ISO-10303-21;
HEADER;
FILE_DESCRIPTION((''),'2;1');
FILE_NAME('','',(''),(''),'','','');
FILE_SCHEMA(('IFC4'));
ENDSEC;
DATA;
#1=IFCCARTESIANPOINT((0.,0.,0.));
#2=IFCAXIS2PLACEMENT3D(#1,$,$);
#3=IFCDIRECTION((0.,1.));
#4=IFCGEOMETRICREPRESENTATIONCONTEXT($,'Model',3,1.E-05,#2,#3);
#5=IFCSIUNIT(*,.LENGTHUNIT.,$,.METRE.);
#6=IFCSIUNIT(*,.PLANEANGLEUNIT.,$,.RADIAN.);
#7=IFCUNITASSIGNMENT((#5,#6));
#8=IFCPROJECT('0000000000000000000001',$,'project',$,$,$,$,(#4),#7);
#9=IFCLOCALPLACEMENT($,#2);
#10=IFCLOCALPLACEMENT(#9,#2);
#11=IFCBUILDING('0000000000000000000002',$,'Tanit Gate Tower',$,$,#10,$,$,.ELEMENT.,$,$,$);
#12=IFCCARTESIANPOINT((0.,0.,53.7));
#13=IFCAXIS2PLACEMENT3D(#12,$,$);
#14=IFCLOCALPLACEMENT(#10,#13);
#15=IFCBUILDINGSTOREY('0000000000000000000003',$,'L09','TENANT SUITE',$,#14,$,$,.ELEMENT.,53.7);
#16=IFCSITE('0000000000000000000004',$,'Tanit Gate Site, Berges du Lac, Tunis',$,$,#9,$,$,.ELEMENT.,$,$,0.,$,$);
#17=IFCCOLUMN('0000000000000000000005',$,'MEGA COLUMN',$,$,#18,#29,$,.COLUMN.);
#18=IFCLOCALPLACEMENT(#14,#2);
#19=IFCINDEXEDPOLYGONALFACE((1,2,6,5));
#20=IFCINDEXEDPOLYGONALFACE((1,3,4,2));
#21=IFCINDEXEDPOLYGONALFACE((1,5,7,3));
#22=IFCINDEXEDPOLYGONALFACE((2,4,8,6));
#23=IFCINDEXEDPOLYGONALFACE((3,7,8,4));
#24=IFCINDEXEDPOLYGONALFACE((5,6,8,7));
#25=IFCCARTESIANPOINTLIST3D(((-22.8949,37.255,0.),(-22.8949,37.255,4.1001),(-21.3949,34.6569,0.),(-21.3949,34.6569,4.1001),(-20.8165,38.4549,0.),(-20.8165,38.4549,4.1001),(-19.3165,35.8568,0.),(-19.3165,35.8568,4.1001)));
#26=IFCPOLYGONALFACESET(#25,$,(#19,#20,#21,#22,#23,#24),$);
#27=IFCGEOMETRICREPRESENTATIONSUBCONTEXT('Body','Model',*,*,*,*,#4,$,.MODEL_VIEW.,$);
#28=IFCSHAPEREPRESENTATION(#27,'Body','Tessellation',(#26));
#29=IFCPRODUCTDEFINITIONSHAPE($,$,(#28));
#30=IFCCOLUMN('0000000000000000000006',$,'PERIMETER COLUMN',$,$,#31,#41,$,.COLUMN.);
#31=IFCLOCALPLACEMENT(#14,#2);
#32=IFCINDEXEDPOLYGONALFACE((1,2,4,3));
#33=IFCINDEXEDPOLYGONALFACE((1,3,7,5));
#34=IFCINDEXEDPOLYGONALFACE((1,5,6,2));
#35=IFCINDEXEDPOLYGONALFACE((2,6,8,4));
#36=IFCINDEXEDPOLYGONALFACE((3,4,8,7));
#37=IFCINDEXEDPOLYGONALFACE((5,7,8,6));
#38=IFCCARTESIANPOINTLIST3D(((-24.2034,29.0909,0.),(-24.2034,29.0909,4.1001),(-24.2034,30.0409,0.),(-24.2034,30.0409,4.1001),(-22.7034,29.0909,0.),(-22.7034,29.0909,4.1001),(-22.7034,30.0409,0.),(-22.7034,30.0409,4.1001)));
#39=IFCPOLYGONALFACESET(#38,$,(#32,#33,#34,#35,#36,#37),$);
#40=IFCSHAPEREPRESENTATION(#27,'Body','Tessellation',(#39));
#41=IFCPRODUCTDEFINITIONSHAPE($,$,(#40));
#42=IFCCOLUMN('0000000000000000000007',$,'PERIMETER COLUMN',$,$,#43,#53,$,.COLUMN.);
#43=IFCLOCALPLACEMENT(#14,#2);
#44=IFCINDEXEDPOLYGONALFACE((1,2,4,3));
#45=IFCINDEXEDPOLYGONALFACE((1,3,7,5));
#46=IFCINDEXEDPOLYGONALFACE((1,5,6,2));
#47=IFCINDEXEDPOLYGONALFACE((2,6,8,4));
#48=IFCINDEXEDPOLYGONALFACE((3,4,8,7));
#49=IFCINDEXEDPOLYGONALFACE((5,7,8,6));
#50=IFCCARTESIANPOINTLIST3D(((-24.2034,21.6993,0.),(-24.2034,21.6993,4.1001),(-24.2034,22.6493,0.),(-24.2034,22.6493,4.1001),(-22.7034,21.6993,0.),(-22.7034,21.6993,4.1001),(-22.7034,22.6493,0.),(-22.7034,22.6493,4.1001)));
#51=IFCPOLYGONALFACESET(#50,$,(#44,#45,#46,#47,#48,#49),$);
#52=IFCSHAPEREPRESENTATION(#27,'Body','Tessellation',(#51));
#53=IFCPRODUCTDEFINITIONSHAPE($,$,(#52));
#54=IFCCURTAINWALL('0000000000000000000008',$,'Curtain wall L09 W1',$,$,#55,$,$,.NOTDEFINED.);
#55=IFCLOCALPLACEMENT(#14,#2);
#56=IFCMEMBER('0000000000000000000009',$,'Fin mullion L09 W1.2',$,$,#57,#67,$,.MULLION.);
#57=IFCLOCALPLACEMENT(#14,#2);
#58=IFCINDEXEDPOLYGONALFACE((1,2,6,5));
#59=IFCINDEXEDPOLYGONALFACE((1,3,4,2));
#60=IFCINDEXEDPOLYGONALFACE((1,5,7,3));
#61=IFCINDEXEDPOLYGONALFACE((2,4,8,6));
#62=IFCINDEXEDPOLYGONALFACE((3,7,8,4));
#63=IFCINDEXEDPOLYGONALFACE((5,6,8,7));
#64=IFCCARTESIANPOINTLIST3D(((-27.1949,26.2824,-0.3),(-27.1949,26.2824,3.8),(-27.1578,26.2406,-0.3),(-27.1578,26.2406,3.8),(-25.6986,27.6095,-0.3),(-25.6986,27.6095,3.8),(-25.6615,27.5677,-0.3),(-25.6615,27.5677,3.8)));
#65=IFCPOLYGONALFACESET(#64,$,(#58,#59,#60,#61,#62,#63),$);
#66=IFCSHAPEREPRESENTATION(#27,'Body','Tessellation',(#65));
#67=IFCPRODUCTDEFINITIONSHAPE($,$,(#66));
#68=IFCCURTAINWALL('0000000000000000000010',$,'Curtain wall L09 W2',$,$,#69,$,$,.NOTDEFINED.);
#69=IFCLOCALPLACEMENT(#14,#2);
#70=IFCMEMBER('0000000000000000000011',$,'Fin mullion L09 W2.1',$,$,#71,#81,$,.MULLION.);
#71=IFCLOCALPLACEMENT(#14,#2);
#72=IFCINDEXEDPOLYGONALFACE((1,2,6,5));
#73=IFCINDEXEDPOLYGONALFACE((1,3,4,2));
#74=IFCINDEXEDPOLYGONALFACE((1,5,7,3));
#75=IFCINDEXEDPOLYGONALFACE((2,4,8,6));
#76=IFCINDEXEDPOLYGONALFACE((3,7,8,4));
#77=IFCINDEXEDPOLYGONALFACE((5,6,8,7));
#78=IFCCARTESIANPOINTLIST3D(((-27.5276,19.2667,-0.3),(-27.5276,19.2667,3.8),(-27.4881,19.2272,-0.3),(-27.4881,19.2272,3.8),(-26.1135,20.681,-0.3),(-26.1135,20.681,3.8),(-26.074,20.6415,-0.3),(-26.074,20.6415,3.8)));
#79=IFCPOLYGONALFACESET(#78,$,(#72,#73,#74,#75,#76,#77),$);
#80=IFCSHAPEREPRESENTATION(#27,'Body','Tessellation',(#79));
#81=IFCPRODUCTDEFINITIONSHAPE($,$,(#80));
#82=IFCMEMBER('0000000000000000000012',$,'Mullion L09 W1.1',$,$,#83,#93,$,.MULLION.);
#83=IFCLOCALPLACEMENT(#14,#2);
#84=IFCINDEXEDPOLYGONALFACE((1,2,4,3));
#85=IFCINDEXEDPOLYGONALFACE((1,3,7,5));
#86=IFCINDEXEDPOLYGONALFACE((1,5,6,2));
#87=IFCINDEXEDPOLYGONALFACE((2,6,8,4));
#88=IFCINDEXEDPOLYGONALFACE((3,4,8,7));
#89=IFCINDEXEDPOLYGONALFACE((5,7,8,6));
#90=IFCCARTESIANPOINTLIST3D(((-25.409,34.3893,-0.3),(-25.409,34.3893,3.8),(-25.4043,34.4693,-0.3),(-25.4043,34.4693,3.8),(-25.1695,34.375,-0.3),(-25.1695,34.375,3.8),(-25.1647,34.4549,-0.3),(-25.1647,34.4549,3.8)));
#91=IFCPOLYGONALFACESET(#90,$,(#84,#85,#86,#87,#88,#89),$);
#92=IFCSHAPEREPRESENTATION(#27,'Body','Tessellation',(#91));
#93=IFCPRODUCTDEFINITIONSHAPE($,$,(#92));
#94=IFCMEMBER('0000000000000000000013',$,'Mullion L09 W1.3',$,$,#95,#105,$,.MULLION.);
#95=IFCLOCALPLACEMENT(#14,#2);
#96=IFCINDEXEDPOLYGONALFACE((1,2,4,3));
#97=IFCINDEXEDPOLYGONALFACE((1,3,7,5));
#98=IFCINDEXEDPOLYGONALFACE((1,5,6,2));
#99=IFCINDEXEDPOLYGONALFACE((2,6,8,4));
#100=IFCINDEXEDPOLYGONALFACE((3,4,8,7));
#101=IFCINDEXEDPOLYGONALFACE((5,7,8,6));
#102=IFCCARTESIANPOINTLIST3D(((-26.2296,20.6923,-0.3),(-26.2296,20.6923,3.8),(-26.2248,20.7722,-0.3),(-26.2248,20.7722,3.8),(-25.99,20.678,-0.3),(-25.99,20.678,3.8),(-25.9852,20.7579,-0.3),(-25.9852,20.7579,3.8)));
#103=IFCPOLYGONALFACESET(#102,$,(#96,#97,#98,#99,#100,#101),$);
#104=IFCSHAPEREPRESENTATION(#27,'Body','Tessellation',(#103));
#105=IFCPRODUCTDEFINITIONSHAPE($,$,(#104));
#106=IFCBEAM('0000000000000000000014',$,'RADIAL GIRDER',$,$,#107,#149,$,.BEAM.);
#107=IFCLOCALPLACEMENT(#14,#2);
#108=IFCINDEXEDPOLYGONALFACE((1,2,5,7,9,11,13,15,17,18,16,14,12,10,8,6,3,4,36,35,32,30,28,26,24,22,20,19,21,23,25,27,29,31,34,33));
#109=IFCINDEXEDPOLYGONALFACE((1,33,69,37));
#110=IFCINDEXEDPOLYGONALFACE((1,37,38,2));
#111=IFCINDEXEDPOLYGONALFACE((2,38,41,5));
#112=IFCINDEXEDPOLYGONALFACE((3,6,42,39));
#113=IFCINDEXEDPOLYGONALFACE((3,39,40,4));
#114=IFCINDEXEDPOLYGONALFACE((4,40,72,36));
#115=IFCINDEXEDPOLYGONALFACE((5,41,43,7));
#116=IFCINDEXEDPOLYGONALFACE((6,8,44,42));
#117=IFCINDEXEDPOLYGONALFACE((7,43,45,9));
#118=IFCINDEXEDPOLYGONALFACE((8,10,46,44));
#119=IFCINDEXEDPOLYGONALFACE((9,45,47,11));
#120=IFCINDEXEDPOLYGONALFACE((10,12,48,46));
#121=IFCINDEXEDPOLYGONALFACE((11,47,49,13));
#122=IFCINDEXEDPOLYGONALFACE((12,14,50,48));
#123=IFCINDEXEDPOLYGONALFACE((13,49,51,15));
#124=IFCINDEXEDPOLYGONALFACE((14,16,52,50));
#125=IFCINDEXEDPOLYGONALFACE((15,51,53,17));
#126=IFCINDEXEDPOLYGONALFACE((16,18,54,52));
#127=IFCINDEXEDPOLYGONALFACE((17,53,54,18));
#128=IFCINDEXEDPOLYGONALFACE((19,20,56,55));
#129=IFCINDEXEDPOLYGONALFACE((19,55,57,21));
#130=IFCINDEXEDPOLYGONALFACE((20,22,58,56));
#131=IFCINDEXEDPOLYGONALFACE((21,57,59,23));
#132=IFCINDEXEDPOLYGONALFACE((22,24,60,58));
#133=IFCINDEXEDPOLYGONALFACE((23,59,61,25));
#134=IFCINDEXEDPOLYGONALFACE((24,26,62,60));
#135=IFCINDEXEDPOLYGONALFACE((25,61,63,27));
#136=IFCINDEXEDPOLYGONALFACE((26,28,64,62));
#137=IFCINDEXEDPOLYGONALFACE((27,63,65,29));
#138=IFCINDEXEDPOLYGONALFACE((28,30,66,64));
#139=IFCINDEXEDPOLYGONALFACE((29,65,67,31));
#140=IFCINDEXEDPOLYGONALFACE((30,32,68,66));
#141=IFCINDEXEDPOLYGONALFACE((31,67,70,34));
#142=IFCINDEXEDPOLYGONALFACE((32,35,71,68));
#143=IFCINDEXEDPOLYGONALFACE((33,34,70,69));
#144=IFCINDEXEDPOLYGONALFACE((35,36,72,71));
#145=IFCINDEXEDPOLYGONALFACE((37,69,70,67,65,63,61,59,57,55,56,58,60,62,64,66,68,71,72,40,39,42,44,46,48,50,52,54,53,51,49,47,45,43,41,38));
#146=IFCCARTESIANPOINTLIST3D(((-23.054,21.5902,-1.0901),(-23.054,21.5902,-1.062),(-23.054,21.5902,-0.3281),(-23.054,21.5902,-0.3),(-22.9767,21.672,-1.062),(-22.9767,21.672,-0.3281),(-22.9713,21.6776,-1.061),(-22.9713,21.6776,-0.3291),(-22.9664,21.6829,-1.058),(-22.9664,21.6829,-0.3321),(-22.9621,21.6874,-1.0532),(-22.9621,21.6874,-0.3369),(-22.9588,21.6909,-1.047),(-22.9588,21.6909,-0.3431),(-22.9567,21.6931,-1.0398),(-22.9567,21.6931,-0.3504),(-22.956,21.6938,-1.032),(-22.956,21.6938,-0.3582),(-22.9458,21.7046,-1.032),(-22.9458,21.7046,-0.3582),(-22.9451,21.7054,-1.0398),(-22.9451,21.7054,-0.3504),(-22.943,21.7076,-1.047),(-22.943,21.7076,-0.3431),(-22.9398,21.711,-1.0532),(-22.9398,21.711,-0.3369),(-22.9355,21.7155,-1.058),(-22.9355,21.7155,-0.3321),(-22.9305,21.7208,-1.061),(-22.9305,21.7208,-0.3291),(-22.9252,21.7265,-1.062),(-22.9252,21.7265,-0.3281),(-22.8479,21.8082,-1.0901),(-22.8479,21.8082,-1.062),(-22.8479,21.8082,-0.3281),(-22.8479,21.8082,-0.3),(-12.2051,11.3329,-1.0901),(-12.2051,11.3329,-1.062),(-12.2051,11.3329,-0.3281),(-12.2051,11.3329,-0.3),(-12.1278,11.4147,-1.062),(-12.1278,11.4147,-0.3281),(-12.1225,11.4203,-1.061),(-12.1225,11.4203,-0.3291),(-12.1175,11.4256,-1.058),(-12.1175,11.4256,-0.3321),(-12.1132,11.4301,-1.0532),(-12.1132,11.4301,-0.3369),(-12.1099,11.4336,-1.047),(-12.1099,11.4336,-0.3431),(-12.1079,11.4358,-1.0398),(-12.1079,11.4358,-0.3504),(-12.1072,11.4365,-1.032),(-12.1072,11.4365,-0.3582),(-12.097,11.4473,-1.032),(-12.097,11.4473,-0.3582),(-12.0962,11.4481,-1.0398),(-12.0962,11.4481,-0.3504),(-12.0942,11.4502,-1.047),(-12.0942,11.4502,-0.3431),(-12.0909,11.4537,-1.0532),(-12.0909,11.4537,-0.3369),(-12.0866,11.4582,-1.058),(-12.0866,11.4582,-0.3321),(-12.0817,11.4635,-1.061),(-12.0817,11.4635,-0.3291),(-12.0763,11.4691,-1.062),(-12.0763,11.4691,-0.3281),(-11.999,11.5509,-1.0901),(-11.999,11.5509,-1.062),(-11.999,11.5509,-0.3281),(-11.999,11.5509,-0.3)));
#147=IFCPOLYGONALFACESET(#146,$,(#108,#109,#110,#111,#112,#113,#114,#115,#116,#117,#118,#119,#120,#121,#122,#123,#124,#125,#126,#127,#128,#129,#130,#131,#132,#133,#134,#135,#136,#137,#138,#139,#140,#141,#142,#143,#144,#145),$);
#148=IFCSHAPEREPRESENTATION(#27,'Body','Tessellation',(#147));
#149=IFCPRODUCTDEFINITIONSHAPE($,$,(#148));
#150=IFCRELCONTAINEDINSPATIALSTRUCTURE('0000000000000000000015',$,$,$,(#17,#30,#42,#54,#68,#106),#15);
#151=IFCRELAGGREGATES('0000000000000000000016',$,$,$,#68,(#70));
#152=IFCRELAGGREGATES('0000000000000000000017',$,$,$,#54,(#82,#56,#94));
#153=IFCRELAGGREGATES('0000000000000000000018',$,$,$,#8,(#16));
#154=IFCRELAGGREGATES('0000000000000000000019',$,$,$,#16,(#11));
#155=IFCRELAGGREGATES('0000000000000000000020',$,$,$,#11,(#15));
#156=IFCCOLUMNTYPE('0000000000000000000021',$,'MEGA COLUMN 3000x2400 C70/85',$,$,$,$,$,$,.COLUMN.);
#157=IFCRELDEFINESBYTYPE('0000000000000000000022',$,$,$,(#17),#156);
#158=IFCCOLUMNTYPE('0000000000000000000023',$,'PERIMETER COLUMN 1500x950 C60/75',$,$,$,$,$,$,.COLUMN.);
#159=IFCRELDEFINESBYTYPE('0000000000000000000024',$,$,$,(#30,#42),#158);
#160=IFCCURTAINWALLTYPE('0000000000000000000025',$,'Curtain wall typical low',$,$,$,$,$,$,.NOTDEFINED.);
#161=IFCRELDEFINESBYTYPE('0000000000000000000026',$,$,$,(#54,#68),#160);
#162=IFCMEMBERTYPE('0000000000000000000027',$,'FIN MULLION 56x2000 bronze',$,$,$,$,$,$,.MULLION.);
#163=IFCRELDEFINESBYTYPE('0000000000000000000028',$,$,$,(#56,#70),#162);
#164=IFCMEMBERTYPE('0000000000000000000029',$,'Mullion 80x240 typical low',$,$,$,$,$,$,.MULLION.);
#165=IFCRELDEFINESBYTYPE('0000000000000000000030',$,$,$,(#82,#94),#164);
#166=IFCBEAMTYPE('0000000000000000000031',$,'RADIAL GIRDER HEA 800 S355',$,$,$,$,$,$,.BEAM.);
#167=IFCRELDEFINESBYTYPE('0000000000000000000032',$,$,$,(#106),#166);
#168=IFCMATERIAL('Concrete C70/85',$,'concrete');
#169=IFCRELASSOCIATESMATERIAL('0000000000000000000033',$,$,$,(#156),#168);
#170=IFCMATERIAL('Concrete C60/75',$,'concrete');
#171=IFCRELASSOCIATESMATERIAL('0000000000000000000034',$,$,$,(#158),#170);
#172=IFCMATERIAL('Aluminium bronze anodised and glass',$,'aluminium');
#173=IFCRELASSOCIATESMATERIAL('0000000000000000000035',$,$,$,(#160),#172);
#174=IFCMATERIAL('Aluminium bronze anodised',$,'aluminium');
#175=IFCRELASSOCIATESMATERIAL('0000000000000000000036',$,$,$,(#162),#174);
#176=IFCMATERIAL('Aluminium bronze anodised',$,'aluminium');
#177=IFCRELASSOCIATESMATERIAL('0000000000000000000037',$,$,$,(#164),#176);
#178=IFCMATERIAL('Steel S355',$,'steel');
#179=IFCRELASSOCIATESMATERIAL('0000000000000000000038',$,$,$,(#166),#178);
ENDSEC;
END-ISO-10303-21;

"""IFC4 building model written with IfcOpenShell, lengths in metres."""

from ifc_helpers import new_model, si_unit, direction, frame, origin, origin_2d, place, context, subcontext, project, spatial, rectangle, i_section, extrude, material, material_profile, profile_set, type_object, element, aggregate, save


model = new_model("IFC4")

# Units and contexts
model_context = context("Model", 3, precision=1e-05, world=origin(), true_north=direction((0.0, 1.0)))
body_context = subcontext(model_context, "Body", "Model", "MODEL_VIEW")
ifc_project = project(units=[si_unit("LENGTHUNIT", "METRE"), si_unit("PLANEANGLEUNIT", "RADIAN")], contexts=[model_context])

# Site, building, storey
site_placement = place(None, origin())
site = spatial("IfcSite", under=ifc_project, at=site_placement, Name="Tanit Gate Site, Berges du Lac, Tunis", CompositionType="ELEMENT", RefElevation=0.0)
building_placement = place(site_placement, origin())
building = spatial("IfcBuilding", under=site, at=building_placement, Name="Tanit Gate Tower", CompositionType="ELEMENT")
storey_placement = place(building_placement, frame((0.0, 0.0, 53.7)))
storey = spatial("IfcBuildingStorey", under=building, at=storey_placement, Name="L09", Description="TENANT SUITE", CompositionType="ELEMENT", Elevation=53.7)

# Columns
ifc_material_1 = material(Name="Concrete C70/85", Category="concrete")
ifc_material_profile_1 = material_profile(ifc_material_1, rectangle(XDim=3.0, YDim=2.3999, at=origin_2d()), Name="RC 3000x2400")
ifc_profile_set_1 = profile_set([ifc_material_profile_1], Name="Concrete C70/85")
column_type_1 = type_object("IfcColumnType", Name="MEGA COLUMN 3000x2400 C70/85", PredefinedType="COLUMN", material=ifc_profile_set_1)
column_placement = place(storey_placement, frame((-21.1057, 36.5559, 0.0), z_axis=(0.0, 0.0, 1.0), x_axis=(-0.5, 0.866025, 0.0)))
element("IfcColumn", 1, at=column_placement, inside=storey, type_object=column_type_1, Name="MEGA COLUMN", PredefinedType="COLUMN", context=body_context, shape_type="SweptSolid", body=[
    extrude(rectangle(XDim=3.0, YDim=2.3999, at=origin_2d()), origin(), (0.0, 0.0, 1.0), 4.1001),
])
ifc_material_2 = material(Name="Concrete C60/75", Category="concrete")
ifc_material_profile_2 = material_profile(ifc_material_2, rectangle(XDim=1.5, YDim=0.95, at=origin_2d()), Name="RC 1500x950")
ifc_profile_set_2 = profile_set([ifc_material_profile_2], Name="Concrete C60/75")
column_type_2 = type_object("IfcColumnType", Name="PERIMETER COLUMN 1500x950 C60/75", PredefinedType="COLUMN", material=ifc_profile_set_2)
for number, where, z_axis, x_axis, name in (
    (2, (-23.4534, 29.5659, 0.0), (0.0, 0.0, 1.0), (-1.0, 0.0, 0.0), "PERIMETER COLUMN"),
    (3, (-23.4534, 22.1743, 0.0), (0.0, 0.0, 1.0), (-1.0, 0.0, 0.0), "PERIMETER COLUMN"),
):
    element("IfcColumn", number, at=place(storey_placement, frame(where, z_axis=z_axis, x_axis=x_axis)), inside=storey, type_object=column_type_2, Name=name, PredefinedType="COLUMN", context=body_context, shape_type="SweptSolid", body=[
        extrude(rectangle(XDim=1.5, YDim=0.95, at=origin_2d()), origin(), (0.0, 0.0, 1.0), 4.1001),
    ])

# Curtain walls, members
ifc_material_3 = material(Name="Aluminium bronze anodised and glass", Category="aluminium")
curtain_wall_type = type_object("IfcCurtainWallType", Name="Curtain wall typical low", PredefinedType="NOTDEFINED", material=ifc_material_3)
curtain_wall_1_placement = place(storey_placement, origin())
curtain_wall_1 = element("IfcCurtainWall", 4, at=curtain_wall_1_placement, inside=storey, type_object=curtain_wall_type, Name="Curtain wall L09 W1", PredefinedType="NOTDEFINED")
ifc_material_4 = material(Name="Aluminium bronze anodised", Category="aluminium")
ifc_material_profile_3 = material_profile(ifc_material_4, rectangle(XDim=2.0, YDim=0.0559, at=origin_2d()), Name="56x2000 bronze fin mullion")
ifc_profile_set_3 = profile_set([ifc_material_profile_3], Name="Aluminium bronze anodised")
member_type_1 = type_object("IfcMemberType", Name="FIN MULLION 56x2000 bronze", PredefinedType="MULLION", material=ifc_profile_set_3)
member_1_placement = place(storey_placement, frame((-26.4282, 26.925, -0.3), z_axis=(0.0, 0.0, 1.0), x_axis=(0.748134, 0.663548, 0.0)))
member_1 = element("IfcMember", 5, at=member_1_placement, type_object=member_type_1, Name="Fin mullion L09 W1.2", PredefinedType="MULLION", context=body_context, shape_type="SweptSolid", body=[
    extrude(rectangle(XDim=2.0, YDim=0.0559, at=origin_2d()), origin(), (0.0, 0.0, 1.0), 4.1001),
])
curtain_wall_2_placement = place(storey_placement, origin())
curtain_wall_2 = element("IfcCurtainWall", 6, at=curtain_wall_2_placement, inside=storey, type_object=curtain_wall_type, Name="Curtain wall L09 W2", PredefinedType="NOTDEFINED")
member_2_placement = place(storey_placement, frame((-26.8008, 19.9541, -0.3), z_axis=(0.0, 0.0, 1.0), x_axis=(0.707058, 0.707156, 0.0)))
member_2 = element("IfcMember", 7, at=member_2_placement, type_object=member_type_1, Name="Fin mullion L09 W2.1", PredefinedType="MULLION", context=body_context, shape_type="SweptSolid", body=[
    extrude(rectangle(XDim=2.0, YDim=0.0559, at=origin_2d()), origin(), (0.0, 0.0, 1.0), 4.1001),
])

# Members
ifc_material_5 = material(Name="Aluminium bronze anodised", Category="aluminium")
ifc_material_profile_4 = material_profile(ifc_material_5, rectangle(XDim=0.24, YDim=0.0801, at=origin_2d()), Name="80x240 bronze mullion")
ifc_profile_set_4 = profile_set([ifc_material_profile_4], Name="Aluminium bronze anodised")
member_type_2 = type_object("IfcMemberType", Name="Mullion 80x240 typical low", PredefinedType="MULLION", material=ifc_profile_set_4)
member_3_placement = place(storey_placement, frame((-25.2869, 34.4221, -0.3), z_axis=(0.0, 0.0, 1.0), x_axis=(0.99821, -0.059812, 0.0)))
member_3 = element("IfcMember", 8, at=member_3_placement, type_object=member_type_2, Name="Mullion L09 W1.1", PredefinedType="MULLION", context=body_context, shape_type="SweptSolid", body=[
    extrude(rectangle(XDim=0.24, YDim=0.0801, at=origin_2d()), origin(), (0.0, 0.0, 1.0), 4.1001),
])
member_4_placement = place(storey_placement, frame((-26.1074, 20.7251, -0.3), z_axis=(0.0, 0.0, 1.0), x_axis=(0.99821, -0.059812, 0.0)))
member_4 = element("IfcMember", 9, at=member_4_placement, type_object=member_type_2, Name="Mullion L09 W1.3", PredefinedType="MULLION", context=body_context, shape_type="SweptSolid", body=[
    extrude(rectangle(XDim=0.24, YDim=0.0801, at=origin_2d()), origin(), (0.0, 0.0, 1.0), 4.1001),
])

# Beam
ifc_material_6 = material(Name="Steel S355", Category="steel")
ifc_material_profile_5 = material_profile(ifc_material_6, i_section(OverallWidth=0.3, OverallDepth=0.79, WebThickness=0.0149, FlangeThickness=0.0281, FilletRadius=0.03, at=origin_2d()), Name="HEA 800")
ifc_profile_set_5 = profile_set([ifc_material_profile_5], Name="Steel S355")
beam_type_1 = type_object("IfcBeamType", Name="RADIAL GIRDER HEA 800 S355", PredefinedType="BEAM", material=ifc_profile_set_5)
beam_1_placement = place(storey_placement, frame((-22.9509, 21.6992, -0.6951), z_axis=(0.72664, -0.687019, 0.0), x_axis=(0.687019, 0.72664, 0.0)))
element("IfcBeam", 10, at=beam_1_placement, inside=storey, type_object=beam_type_1, Name="RADIAL GIRDER", PredefinedType="BEAM", context=body_context, shape_type="SweptSolid", body=[
    extrude(i_section(OverallWidth=0.3, OverallDepth=0.79, WebThickness=0.0149, FlangeThickness=0.0281, FilletRadius=0.03, at=origin_2d()), origin(), (0.0, 0.0, 1.0), 14.9302),
])

aggregate(curtain_wall_2, [member_2])

aggregate(curtain_wall_1, [member_3, member_1, member_4])

save(model, "model.ifc")
